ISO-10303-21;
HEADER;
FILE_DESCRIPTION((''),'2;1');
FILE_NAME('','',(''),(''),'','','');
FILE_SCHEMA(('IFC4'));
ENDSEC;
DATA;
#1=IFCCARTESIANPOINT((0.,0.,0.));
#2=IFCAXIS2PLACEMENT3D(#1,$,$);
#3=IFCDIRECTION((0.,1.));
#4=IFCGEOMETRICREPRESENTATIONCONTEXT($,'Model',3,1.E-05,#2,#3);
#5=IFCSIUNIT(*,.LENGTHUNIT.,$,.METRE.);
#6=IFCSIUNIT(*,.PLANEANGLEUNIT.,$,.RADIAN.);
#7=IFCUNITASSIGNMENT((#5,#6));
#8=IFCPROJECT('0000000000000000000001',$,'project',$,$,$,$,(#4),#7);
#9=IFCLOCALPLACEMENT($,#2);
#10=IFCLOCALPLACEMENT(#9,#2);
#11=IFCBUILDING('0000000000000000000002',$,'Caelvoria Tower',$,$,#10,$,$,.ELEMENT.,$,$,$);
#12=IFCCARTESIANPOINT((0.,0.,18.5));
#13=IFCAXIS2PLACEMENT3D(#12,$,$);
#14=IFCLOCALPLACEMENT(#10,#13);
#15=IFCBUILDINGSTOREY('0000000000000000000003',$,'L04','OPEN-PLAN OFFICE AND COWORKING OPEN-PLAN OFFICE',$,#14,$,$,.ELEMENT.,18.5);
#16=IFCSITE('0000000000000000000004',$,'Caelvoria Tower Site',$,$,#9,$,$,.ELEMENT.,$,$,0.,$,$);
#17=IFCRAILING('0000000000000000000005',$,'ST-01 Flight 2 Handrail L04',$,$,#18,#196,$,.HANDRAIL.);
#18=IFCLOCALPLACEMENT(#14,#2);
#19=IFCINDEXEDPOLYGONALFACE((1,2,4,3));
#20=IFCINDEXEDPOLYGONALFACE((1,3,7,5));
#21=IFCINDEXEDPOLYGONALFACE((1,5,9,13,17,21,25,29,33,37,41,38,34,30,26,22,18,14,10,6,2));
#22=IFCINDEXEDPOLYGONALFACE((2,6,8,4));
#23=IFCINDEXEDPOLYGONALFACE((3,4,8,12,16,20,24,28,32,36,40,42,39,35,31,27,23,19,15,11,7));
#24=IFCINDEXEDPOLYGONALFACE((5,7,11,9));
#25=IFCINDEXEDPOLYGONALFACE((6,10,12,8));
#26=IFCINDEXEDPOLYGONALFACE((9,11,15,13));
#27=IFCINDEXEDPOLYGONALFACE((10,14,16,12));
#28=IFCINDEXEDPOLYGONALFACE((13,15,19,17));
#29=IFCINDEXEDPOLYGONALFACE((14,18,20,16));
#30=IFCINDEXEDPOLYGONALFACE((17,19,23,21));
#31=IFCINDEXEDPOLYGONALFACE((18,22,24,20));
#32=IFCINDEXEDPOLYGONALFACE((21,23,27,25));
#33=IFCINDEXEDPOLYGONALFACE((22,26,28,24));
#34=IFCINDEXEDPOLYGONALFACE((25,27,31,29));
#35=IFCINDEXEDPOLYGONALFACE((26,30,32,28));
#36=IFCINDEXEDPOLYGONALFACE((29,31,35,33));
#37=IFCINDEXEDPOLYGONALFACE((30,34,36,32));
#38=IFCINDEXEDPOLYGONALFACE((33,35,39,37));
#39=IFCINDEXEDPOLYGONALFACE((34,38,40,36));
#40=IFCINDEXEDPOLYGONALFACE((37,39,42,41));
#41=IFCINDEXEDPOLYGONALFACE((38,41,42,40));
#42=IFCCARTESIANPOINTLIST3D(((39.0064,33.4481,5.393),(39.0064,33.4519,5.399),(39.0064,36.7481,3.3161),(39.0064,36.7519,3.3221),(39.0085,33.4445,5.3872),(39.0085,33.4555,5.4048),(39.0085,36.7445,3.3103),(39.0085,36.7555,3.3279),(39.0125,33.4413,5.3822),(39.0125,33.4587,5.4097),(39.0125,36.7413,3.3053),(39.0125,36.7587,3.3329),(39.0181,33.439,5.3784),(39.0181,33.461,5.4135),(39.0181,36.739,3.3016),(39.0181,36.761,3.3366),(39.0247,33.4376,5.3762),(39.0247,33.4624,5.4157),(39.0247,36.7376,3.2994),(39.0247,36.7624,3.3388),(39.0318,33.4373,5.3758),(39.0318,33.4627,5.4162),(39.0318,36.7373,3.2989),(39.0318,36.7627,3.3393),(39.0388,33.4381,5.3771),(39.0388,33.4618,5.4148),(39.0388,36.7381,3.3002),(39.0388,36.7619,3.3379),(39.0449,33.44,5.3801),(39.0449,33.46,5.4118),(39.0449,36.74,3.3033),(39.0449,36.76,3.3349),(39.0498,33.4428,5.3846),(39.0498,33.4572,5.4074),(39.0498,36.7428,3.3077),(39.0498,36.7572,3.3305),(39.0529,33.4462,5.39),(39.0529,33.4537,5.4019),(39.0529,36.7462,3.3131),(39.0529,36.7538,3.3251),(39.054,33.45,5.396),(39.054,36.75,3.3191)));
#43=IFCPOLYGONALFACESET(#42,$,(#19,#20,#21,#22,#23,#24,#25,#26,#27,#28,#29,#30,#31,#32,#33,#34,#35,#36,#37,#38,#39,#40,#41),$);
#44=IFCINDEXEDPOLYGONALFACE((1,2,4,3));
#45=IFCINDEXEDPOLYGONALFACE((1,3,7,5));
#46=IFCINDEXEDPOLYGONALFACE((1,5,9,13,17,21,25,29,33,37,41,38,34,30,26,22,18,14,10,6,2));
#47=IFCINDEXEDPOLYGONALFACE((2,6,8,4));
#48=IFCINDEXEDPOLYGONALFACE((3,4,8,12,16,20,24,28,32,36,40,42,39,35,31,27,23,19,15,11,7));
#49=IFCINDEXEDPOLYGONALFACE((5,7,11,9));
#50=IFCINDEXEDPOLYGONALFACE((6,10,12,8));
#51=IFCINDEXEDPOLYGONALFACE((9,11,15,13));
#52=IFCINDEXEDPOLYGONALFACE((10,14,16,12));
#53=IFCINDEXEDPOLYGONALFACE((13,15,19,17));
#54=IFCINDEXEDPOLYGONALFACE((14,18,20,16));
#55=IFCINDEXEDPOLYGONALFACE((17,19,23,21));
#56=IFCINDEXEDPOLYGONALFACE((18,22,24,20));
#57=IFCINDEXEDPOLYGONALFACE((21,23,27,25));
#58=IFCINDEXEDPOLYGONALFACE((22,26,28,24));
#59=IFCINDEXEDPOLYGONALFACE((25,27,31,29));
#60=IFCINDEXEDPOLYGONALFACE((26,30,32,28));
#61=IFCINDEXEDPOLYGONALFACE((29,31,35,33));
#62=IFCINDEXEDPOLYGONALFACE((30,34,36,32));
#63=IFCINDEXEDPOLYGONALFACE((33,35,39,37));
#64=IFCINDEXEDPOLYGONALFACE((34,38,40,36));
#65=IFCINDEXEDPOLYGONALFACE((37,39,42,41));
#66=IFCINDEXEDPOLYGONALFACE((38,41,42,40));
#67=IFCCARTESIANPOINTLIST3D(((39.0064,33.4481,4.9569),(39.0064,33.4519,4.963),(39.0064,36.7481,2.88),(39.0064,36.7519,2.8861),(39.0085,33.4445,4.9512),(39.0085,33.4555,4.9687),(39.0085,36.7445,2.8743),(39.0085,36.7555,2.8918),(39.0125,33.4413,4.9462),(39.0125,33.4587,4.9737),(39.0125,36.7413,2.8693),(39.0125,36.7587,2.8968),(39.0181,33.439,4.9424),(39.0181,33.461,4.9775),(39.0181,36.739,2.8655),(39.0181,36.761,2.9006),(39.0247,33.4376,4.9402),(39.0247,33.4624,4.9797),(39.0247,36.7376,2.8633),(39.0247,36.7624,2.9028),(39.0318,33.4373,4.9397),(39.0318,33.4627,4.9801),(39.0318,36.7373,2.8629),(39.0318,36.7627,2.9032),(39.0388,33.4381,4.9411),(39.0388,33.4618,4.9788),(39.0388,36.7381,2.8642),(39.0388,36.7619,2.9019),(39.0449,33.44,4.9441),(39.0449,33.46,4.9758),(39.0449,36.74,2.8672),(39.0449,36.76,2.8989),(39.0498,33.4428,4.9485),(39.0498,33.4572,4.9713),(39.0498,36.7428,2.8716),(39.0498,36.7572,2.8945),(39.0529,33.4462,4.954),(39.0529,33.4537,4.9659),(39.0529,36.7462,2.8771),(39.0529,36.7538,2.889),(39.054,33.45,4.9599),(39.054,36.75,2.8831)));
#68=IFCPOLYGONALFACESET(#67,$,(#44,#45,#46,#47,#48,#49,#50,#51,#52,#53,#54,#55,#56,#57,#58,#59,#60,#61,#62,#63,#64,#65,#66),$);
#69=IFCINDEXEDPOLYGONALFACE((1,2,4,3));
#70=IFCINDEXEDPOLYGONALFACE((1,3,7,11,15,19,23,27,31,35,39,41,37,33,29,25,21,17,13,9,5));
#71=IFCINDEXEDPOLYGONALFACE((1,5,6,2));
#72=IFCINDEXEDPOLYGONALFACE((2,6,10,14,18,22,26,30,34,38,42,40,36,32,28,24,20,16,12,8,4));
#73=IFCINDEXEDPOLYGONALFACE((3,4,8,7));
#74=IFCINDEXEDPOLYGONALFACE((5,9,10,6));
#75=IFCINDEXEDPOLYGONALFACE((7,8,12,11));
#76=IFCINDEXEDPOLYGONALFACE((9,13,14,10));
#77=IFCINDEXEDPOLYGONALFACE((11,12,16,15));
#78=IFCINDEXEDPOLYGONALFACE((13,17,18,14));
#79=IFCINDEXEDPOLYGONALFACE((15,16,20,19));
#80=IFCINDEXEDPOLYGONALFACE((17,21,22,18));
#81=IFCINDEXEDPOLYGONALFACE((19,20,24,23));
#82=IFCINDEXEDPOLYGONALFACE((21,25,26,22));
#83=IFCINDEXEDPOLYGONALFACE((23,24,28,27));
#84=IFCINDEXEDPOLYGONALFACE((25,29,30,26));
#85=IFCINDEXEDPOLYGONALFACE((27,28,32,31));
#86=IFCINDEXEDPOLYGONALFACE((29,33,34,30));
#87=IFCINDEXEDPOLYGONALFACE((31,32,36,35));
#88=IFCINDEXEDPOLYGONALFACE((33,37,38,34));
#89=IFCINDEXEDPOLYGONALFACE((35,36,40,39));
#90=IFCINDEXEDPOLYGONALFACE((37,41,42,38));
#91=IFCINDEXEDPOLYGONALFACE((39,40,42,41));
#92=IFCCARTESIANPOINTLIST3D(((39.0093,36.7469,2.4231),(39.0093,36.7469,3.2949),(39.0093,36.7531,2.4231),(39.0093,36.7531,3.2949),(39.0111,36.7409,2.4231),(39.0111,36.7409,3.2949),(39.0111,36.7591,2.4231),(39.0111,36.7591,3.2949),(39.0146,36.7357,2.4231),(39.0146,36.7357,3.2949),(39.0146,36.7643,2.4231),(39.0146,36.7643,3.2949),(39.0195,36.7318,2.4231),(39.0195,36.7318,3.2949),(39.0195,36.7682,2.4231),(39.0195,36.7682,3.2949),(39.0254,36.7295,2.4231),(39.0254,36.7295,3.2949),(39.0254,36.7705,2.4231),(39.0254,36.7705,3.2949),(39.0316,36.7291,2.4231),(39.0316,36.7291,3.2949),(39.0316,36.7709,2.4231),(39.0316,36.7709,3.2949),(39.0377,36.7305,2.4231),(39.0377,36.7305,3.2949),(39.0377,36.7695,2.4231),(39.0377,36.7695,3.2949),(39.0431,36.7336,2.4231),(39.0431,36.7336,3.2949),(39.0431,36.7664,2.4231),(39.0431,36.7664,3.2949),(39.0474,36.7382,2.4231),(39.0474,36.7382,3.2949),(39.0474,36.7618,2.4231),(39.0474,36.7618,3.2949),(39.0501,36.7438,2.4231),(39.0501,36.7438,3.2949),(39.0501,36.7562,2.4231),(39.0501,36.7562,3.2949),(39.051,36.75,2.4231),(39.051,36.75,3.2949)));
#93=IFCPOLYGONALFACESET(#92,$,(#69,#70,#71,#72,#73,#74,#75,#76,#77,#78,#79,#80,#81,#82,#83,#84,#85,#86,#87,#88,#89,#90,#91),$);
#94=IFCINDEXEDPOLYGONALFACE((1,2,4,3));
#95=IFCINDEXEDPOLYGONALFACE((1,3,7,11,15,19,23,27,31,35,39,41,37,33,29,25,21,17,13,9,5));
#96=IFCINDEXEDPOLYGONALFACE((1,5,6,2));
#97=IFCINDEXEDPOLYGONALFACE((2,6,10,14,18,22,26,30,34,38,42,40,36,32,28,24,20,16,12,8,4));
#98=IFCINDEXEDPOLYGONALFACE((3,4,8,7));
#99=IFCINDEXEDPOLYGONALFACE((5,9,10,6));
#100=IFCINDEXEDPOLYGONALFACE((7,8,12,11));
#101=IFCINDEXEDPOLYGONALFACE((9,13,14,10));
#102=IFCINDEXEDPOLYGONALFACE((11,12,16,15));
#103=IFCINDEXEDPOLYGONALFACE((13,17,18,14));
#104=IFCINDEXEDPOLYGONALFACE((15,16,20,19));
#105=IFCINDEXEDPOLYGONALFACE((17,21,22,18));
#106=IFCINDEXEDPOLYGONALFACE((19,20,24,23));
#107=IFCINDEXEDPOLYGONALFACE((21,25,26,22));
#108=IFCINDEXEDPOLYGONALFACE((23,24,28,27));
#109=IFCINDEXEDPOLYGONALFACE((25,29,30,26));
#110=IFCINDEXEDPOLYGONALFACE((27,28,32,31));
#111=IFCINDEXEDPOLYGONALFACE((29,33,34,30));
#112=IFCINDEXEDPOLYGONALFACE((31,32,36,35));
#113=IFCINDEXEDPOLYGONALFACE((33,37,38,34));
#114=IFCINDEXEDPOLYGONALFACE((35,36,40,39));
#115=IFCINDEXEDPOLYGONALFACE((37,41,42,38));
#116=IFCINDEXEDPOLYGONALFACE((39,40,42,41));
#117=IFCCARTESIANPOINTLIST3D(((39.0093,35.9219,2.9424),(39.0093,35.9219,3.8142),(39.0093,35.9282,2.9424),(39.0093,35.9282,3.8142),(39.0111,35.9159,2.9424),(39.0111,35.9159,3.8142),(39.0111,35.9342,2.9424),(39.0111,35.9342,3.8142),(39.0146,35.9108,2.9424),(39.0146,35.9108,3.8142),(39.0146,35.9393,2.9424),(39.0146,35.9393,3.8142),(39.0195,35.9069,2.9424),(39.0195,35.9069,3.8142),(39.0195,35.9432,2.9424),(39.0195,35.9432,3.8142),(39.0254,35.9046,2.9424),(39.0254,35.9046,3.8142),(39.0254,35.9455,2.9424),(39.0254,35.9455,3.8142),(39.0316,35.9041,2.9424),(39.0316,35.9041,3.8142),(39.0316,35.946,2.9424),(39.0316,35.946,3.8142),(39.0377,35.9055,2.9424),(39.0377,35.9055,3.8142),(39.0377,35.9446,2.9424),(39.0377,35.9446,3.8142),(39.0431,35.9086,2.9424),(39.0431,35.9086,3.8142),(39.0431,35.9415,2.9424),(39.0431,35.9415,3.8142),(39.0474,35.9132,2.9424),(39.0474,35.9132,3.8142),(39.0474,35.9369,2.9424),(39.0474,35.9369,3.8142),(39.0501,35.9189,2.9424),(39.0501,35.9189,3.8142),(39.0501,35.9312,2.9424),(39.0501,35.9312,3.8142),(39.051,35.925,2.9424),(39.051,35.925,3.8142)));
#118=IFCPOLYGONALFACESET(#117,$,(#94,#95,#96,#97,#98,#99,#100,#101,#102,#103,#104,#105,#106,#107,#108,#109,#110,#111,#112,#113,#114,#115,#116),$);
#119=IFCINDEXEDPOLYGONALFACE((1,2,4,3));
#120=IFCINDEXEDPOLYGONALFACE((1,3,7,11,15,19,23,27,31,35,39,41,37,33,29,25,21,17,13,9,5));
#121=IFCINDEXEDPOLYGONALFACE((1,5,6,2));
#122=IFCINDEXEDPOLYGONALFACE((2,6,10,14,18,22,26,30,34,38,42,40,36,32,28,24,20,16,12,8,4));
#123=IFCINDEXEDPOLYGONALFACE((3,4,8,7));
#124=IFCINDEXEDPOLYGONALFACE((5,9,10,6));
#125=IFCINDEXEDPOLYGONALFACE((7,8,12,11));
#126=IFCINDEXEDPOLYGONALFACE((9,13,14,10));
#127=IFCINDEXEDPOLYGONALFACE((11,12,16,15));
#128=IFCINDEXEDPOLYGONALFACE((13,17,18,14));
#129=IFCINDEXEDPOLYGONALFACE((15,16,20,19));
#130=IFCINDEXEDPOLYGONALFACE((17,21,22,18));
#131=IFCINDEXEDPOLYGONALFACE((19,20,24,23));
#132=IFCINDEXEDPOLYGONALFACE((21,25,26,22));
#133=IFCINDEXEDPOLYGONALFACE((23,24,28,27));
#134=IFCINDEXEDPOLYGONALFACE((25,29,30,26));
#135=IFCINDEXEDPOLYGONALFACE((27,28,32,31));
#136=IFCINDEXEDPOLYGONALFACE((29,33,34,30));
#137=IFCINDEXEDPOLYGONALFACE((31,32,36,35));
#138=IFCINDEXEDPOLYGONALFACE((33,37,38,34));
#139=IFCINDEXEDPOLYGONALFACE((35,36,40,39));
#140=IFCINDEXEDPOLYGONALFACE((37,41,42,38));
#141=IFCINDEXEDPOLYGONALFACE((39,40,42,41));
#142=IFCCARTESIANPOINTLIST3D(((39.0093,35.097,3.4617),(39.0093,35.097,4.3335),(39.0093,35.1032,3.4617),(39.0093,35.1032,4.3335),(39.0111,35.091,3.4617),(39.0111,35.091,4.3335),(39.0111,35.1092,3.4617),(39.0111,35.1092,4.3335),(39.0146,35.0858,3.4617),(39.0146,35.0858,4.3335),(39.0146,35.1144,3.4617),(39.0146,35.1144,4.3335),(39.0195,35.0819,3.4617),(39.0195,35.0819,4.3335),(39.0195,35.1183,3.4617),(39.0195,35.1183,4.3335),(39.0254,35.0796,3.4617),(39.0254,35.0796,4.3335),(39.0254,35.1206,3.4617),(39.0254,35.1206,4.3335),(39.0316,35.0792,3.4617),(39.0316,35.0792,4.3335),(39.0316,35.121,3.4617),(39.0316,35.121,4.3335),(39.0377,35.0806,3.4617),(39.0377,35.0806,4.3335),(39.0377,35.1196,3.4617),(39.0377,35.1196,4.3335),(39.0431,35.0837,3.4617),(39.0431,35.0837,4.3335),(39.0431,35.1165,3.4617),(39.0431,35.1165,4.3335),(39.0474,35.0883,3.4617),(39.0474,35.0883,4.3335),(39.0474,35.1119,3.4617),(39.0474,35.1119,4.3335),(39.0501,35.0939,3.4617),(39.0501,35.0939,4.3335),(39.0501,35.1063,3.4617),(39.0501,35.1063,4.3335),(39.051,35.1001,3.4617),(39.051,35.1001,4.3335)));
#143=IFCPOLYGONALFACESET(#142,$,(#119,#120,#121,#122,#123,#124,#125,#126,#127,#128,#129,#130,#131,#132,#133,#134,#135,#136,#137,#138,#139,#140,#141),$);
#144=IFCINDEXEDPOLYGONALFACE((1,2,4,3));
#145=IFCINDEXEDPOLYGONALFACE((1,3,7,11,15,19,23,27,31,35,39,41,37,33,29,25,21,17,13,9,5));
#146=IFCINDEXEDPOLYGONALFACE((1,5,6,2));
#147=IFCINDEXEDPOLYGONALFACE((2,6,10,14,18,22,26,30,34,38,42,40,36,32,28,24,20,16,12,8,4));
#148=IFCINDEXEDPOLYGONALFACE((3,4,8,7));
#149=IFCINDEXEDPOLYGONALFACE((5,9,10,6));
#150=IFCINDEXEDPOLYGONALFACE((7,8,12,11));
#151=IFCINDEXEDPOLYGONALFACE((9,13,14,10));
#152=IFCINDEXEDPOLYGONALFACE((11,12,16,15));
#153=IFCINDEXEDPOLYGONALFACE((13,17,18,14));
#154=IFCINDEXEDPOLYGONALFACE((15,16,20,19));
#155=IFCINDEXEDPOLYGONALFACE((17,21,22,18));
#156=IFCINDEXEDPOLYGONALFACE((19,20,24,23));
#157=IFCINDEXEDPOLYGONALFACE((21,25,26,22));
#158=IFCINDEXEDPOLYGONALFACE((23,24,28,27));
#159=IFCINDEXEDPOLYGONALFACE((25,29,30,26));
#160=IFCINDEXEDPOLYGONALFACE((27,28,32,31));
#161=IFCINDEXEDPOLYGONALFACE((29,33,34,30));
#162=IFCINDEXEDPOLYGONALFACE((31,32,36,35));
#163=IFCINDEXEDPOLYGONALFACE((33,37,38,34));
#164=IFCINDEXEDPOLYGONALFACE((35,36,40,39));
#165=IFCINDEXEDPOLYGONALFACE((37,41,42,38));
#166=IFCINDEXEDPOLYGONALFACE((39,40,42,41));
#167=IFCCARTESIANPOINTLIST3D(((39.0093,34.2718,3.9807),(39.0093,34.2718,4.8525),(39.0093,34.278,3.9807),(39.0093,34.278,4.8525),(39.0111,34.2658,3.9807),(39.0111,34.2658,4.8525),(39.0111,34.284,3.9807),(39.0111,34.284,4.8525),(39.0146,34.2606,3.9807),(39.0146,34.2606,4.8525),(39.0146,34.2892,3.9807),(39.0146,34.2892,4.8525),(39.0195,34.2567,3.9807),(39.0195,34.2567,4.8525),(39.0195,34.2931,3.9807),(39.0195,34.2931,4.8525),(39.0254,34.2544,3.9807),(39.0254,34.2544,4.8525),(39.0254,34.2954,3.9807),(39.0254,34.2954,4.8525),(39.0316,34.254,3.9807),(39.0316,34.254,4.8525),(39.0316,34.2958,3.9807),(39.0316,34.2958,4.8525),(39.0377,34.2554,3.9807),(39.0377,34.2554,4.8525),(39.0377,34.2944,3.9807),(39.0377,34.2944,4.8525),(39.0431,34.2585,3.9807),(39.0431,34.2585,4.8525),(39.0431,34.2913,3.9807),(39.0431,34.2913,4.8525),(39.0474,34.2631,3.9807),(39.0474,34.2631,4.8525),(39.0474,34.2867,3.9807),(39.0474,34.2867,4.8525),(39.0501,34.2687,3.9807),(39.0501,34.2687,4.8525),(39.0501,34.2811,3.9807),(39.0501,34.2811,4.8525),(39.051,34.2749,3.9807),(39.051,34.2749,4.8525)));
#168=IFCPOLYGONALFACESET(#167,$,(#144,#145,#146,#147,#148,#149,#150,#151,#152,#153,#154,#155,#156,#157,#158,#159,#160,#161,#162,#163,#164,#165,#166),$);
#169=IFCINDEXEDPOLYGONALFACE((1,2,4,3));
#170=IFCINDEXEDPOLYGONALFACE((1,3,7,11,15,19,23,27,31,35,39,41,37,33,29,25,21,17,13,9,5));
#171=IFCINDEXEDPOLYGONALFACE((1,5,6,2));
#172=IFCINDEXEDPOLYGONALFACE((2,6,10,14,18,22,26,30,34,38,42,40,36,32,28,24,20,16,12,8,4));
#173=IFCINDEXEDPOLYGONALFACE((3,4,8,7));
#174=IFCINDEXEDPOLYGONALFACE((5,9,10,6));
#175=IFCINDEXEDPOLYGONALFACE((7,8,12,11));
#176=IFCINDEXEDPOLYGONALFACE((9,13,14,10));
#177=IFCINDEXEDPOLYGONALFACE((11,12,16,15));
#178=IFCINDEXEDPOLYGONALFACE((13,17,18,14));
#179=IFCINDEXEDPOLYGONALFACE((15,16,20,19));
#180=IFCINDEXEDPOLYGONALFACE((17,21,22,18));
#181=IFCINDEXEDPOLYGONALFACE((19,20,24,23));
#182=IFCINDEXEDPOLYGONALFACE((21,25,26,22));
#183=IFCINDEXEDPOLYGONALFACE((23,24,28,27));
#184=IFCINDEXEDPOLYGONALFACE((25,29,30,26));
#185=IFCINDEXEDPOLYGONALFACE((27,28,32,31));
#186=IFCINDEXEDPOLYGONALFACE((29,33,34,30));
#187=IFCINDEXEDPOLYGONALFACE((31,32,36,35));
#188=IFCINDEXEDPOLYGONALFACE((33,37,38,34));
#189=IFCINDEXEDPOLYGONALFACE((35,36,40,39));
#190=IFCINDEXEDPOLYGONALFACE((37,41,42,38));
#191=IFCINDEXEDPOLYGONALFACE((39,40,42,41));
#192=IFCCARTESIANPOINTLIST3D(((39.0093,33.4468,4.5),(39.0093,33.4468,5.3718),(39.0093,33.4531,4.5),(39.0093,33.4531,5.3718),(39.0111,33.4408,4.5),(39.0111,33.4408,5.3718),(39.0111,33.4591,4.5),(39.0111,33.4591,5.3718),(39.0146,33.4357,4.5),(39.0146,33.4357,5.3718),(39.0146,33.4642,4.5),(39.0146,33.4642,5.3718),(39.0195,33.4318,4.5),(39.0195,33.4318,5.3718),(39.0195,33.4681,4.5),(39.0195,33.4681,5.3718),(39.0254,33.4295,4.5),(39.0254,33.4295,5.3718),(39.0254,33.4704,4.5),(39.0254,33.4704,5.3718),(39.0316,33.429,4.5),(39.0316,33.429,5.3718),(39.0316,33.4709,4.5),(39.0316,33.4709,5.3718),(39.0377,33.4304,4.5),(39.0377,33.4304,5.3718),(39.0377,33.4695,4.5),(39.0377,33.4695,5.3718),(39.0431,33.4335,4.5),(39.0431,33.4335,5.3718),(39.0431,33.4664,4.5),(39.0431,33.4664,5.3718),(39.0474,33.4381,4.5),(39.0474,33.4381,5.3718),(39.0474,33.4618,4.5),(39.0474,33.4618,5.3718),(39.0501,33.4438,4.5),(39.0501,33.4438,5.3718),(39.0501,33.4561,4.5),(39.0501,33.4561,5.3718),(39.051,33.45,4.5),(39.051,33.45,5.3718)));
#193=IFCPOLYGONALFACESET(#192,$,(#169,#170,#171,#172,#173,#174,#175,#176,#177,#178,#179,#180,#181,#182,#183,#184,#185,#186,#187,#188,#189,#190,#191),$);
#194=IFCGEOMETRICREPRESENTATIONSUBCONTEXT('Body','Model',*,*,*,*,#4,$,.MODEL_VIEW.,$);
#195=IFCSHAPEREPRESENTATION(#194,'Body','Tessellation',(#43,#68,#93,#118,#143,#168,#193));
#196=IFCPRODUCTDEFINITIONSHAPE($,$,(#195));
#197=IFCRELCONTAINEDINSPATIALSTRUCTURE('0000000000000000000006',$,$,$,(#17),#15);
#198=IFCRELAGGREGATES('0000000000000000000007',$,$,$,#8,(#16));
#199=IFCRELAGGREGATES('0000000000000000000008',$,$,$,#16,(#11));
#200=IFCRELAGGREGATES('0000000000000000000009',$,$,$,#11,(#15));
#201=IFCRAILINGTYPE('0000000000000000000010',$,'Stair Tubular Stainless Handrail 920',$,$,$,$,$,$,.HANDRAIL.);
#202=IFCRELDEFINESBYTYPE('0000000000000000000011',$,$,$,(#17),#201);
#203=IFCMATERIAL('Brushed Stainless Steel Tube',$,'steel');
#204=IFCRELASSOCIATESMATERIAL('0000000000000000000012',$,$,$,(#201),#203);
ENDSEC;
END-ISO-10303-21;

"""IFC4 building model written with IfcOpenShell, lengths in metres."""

from ifc_helpers import new_model, si_unit, direction, frame, origin, origin_2d, place, context, subcontext, project, spatial, circle, extrude, material, type_object, element, save


model = new_model("IFC4")

# Units and contexts
model_context = context("Model", 3, precision=1e-05, world=origin(), true_north=direction((0.0, 1.0)))
body_context = subcontext(model_context, "Body", "Model", "MODEL_VIEW")
ifc_project = project(units=[si_unit("LENGTHUNIT", "METRE"), si_unit("PLANEANGLEUNIT", "RADIAN")], contexts=[model_context])

# Site, building, storey
site_placement = place(None, origin())
site = spatial("IfcSite", under=ifc_project, at=site_placement, Name="Caelvoria Tower Site", CompositionType="ELEMENT", RefElevation=0.0)
building_placement = place(site_placement, origin())
building = spatial("IfcBuilding", under=site, at=building_placement, Name="Caelvoria Tower", CompositionType="ELEMENT")
storey_placement = place(building_placement, frame((0.0, 0.0, 18.5)))
storey = spatial("IfcBuildingStorey", under=building, at=storey_placement, Name="L04", Description="OPEN-PLAN OFFICE AND COWORKING OPEN-PLAN OFFICE", CompositionType="ELEMENT", Elevation=18.5)

# Railing
ifc_material_1 = material(Name="Brushed Stainless Steel Tube", Category="steel")
railing_type_1 = type_object("IfcRailingType", Name="Stair Tubular Stainless Handrail 920", PredefinedType="HANDRAIL", material=ifc_material_1)
railing_1_placement = place(storey_placement, frame((39.03, 36.75, 2.4231)))
element("IfcRailing", 1, at=railing_1_placement, inside=storey, type_object=railing_type_1, Name="ST-01 Flight 2 Handrail L04", PredefinedType="HANDRAIL", context=body_context, shape_type="SweptSolid", body=[
    extrude(circle(Radius=0.0239, at=origin_2d()), frame((0.0, 0.0, 0.896), z_axis=(0.0, -0.846337, 0.532647), x_axis=(1.0, 0.0, 0.0)), (0.0, 0.0, 1.0), 3.8992),
    extrude(circle(Radius=0.0239, at=origin_2d()), frame((0.0, 0.0, 0.46), z_axis=(0.0, -0.846337, 0.532647), x_axis=(1.0, 0.0, 0.0)), (0.0, 0.0, 1.0), 3.8992),
    extrude(circle(Radius=0.021, at=origin_2d()), origin(), (0.0, 0.0, 1.0), 0.8718),
    extrude(circle(Radius=0.021, at=origin_2d()), frame((0.0, -0.825, 0.5193)), (0.0, 0.0, 1.0), 0.8718),
    extrude(circle(Radius=0.021, at=origin_2d()), frame((0.0, -1.6499, 1.0386)), (0.0, 0.0, 1.0), 0.8718),
    extrude(circle(Radius=0.021, at=origin_2d()), frame((0.0, -2.4751, 1.5576)), (0.0, 0.0, 1.0), 0.8718),
    extrude(circle(Radius=0.021, at=origin_2d()), frame((0.0, -3.3, 2.0769)), (0.0, 0.0, 1.0), 0.8718),
])

save(model, "model.ifc")
